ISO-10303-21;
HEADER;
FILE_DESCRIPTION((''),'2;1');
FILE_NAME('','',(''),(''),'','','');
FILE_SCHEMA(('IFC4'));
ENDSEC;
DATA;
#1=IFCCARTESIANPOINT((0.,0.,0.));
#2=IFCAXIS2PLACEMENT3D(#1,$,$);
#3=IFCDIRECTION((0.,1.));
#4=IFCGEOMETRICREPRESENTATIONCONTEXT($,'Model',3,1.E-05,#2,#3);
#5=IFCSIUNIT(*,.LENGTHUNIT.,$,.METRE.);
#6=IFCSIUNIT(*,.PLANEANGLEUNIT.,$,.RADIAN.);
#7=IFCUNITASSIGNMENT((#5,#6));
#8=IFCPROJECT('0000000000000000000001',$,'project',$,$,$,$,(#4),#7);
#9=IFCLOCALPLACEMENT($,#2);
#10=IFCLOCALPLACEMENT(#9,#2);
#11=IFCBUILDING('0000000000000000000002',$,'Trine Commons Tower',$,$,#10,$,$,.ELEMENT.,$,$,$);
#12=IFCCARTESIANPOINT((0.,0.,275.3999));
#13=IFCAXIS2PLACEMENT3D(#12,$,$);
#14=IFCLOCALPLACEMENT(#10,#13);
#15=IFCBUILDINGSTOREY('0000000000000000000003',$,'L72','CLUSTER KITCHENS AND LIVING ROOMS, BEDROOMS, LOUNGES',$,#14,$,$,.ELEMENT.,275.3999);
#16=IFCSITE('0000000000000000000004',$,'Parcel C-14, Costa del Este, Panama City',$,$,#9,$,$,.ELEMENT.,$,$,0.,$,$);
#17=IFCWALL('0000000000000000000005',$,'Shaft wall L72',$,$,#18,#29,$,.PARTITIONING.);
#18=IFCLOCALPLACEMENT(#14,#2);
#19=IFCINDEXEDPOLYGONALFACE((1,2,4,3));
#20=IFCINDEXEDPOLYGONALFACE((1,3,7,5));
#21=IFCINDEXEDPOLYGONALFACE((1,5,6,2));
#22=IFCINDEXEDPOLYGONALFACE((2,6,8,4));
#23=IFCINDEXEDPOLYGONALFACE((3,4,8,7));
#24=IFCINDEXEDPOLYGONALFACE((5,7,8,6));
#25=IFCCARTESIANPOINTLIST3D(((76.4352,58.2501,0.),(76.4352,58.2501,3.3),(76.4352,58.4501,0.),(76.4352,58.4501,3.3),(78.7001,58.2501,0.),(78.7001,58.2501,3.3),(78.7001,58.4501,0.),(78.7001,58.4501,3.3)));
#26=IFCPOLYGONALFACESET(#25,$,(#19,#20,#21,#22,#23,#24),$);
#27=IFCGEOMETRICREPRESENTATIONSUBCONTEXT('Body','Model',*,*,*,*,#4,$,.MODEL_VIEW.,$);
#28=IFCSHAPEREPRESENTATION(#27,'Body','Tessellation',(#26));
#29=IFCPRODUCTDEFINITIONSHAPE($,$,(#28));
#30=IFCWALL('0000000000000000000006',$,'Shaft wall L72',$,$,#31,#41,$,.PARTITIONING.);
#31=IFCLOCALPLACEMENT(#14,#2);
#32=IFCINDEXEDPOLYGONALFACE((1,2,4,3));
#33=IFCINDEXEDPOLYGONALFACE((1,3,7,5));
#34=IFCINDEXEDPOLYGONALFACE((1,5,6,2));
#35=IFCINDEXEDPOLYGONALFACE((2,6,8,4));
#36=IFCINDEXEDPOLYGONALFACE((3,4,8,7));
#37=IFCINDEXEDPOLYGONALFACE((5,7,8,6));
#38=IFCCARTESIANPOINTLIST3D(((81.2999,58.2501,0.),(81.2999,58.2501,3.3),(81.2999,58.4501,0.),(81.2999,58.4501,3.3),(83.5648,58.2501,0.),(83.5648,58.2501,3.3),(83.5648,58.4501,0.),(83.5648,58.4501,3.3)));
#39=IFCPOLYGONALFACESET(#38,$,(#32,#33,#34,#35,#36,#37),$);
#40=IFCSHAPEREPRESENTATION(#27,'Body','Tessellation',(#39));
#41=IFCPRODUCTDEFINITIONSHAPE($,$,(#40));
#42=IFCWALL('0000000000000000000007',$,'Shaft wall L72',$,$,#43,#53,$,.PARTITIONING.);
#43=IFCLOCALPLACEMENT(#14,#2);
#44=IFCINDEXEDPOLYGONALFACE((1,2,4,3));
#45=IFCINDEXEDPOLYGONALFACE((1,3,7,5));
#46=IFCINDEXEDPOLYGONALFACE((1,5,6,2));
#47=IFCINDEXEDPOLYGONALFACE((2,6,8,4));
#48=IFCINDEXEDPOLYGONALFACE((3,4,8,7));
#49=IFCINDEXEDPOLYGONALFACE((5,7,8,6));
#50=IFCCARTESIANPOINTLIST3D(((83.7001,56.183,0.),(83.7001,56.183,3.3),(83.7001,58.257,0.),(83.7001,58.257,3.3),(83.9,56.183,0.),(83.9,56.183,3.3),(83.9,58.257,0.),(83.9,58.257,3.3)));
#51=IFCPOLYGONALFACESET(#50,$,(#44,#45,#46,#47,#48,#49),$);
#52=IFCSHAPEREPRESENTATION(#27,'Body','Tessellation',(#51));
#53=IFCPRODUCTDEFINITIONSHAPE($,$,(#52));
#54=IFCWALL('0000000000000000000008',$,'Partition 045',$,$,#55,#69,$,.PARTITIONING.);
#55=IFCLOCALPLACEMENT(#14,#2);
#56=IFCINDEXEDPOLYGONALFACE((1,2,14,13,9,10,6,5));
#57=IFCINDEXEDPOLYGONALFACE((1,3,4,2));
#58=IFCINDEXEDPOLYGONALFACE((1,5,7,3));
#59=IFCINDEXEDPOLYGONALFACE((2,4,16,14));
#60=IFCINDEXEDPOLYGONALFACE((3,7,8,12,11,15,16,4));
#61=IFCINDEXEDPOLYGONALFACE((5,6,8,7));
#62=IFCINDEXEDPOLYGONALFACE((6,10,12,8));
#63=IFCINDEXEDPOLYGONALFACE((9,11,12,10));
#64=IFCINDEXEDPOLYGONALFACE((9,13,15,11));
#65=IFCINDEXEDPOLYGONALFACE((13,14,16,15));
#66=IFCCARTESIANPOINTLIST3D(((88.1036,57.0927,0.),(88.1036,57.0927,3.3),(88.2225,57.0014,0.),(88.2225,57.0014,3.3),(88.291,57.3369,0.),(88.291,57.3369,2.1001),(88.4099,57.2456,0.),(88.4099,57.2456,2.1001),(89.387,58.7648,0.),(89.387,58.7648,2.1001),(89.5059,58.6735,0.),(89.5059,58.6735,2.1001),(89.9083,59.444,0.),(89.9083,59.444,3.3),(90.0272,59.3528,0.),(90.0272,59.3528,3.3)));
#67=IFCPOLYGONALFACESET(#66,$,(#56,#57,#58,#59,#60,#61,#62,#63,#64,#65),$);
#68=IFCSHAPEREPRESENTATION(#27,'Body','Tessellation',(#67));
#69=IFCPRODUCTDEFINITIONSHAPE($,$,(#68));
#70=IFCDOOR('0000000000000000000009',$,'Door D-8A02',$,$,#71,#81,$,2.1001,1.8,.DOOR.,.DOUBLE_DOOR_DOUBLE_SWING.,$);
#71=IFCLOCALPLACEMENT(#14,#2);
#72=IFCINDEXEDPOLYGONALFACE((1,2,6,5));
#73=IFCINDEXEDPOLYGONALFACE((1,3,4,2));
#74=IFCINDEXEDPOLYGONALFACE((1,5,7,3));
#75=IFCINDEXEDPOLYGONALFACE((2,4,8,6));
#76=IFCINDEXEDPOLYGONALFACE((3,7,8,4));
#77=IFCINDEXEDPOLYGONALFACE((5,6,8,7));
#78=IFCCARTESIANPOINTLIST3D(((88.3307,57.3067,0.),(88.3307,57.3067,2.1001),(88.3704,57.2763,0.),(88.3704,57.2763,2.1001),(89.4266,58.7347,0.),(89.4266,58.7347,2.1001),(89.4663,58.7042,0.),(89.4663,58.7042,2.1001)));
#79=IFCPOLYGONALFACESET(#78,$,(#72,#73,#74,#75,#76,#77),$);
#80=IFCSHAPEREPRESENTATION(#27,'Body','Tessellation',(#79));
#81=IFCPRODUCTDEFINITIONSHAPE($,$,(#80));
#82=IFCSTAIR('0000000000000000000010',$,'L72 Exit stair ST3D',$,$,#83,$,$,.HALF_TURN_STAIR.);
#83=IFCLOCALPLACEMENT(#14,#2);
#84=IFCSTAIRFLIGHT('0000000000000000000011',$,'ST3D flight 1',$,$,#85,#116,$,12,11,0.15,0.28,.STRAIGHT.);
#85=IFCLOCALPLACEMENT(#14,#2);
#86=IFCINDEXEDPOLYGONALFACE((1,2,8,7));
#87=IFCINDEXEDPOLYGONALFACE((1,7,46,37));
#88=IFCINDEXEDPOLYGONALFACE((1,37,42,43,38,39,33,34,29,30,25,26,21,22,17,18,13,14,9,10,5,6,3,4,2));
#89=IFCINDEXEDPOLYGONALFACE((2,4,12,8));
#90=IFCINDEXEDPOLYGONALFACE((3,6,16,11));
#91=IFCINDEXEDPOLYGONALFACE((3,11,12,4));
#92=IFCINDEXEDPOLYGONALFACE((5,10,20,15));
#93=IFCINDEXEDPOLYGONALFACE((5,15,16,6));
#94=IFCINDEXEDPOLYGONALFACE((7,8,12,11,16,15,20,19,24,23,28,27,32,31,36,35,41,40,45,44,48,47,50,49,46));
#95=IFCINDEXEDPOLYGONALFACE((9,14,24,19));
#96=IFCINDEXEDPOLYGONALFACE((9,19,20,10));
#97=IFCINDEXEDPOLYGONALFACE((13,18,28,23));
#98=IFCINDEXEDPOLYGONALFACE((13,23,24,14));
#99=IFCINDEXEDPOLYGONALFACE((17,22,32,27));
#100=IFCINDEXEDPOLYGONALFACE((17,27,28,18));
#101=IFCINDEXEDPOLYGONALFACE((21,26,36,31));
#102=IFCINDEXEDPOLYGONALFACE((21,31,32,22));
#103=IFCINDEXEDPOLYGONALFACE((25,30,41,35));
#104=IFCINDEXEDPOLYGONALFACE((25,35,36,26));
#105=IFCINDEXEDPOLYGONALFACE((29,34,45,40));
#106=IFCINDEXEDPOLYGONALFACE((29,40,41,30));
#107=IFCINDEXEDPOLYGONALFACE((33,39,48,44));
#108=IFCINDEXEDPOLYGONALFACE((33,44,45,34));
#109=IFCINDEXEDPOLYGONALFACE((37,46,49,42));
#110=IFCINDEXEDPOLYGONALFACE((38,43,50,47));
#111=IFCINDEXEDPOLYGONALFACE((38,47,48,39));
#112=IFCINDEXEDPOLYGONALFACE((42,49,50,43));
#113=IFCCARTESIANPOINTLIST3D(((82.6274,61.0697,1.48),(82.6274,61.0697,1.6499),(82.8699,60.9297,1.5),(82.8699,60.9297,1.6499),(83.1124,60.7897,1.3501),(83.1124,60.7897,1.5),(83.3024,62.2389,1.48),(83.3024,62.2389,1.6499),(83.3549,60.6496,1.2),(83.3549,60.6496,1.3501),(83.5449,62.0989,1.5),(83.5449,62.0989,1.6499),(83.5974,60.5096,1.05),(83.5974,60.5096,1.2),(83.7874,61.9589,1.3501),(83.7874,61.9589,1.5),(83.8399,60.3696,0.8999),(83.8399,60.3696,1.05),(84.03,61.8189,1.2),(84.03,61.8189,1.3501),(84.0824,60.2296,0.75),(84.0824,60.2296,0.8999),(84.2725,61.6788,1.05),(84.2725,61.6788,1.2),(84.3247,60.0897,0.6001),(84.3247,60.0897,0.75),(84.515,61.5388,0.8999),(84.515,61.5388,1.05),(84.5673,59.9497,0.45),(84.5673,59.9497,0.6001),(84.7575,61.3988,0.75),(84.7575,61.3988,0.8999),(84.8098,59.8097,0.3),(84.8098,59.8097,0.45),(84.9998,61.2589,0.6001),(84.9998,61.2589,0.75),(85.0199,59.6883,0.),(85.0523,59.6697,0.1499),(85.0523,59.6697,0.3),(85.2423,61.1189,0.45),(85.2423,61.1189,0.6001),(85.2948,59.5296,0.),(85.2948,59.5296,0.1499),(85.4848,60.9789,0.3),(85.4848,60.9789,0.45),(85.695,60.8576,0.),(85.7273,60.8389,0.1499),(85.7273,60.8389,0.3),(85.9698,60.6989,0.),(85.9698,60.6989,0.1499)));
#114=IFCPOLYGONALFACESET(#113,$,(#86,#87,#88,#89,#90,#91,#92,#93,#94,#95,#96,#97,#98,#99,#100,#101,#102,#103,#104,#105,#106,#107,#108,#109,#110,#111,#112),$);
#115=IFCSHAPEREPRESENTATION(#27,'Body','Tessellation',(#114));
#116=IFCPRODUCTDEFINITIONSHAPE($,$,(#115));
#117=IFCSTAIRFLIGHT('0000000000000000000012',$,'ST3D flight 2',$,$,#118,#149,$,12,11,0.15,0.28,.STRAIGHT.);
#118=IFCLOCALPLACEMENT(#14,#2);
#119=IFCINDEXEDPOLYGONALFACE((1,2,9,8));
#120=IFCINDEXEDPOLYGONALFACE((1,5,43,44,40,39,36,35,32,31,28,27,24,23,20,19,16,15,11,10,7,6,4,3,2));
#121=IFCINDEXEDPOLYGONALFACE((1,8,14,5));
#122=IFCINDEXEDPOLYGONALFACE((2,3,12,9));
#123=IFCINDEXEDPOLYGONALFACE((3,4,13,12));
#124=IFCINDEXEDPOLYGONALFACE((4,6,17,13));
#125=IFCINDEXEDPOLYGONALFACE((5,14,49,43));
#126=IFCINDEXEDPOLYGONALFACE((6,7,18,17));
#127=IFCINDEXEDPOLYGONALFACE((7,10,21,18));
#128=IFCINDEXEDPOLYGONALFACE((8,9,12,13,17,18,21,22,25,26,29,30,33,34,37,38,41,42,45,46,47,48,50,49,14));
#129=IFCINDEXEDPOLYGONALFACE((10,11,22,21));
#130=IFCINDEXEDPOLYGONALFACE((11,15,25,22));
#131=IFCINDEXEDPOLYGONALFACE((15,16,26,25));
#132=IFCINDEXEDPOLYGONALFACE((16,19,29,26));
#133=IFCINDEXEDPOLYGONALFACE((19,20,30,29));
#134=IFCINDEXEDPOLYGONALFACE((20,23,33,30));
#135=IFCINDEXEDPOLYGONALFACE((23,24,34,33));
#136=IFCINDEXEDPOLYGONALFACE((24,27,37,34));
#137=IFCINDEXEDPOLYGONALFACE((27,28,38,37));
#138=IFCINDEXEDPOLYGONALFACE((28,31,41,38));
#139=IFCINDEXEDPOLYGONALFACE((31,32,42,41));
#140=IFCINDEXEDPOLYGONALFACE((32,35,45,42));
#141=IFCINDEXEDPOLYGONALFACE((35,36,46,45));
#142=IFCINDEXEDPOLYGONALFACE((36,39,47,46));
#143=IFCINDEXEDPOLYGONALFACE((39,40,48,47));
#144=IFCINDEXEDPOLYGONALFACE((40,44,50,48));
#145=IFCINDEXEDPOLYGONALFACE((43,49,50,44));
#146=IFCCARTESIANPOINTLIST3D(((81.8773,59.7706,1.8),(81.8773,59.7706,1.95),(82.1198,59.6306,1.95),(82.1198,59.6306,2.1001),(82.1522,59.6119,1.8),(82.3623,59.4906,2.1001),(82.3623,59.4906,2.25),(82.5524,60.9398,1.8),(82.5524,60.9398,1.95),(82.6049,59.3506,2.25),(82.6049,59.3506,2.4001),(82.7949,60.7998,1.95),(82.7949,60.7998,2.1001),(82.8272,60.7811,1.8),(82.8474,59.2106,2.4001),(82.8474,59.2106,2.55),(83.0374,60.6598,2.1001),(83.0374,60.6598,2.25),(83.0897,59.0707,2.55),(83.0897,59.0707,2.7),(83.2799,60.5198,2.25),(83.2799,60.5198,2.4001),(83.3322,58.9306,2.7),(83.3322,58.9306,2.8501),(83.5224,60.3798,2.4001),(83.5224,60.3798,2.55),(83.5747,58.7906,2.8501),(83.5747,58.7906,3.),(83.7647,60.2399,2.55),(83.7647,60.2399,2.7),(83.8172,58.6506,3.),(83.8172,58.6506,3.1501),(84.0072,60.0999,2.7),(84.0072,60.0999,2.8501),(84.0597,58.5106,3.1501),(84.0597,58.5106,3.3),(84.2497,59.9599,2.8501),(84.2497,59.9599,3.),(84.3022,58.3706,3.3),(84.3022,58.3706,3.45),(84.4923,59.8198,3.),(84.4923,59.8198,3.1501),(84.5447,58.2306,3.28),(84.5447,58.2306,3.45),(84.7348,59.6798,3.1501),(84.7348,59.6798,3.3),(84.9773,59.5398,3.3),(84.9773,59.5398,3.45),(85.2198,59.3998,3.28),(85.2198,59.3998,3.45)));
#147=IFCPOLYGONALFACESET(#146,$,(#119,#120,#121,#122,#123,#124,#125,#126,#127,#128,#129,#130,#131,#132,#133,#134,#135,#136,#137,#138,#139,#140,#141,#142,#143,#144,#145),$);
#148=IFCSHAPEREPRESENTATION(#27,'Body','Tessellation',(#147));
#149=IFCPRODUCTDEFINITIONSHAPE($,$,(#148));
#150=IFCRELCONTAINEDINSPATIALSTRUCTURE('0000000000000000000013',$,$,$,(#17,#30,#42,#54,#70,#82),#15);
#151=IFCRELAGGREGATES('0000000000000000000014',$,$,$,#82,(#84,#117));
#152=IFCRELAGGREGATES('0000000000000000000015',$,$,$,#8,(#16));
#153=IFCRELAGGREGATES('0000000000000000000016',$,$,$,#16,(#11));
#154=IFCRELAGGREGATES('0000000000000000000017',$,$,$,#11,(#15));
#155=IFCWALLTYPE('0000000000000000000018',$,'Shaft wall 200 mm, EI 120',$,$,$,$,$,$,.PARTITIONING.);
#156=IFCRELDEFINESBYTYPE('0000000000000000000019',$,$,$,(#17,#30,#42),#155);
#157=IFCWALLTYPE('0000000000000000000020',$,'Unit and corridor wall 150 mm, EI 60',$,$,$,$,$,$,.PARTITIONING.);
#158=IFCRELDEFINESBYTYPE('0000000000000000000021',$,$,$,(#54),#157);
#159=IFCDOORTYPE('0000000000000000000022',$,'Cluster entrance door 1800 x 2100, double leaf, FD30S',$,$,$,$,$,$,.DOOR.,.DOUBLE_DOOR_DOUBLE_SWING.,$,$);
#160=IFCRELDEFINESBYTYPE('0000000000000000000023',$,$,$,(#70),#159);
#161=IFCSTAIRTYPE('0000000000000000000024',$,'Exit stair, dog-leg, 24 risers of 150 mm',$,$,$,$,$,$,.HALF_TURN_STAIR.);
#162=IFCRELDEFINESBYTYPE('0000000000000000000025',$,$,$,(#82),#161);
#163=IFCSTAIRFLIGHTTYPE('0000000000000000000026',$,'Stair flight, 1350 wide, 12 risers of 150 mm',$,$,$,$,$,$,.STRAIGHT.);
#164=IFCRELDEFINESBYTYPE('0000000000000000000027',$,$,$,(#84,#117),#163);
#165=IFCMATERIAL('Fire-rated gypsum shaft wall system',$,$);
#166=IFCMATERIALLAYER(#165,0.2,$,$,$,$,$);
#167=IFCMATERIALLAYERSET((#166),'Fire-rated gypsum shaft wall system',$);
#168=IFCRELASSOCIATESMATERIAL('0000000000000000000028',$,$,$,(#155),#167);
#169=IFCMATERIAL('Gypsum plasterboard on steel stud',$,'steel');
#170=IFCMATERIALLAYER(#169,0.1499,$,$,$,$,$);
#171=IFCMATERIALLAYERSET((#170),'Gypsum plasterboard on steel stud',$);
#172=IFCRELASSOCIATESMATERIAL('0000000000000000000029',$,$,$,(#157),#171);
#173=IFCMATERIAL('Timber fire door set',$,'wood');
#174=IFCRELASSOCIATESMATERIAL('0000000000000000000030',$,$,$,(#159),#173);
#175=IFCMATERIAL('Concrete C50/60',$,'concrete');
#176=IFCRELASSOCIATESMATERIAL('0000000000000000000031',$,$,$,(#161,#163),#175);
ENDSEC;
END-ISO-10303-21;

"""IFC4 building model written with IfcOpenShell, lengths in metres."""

from ifc_helpers import new_model, si_unit, direction, frame, frame_2d, origin, place, context, subcontext, project, spatial, polyline, rectangle, outline, extrude, material, layer, layer_set, type_object, element, fill, aggregate, save


model = new_model("IFC4")

# Units and contexts
model_context = context("Model", 3, precision=1e-05, world=origin(), true_north=direction((0.0, 1.0)))
body_context = subcontext(model_context, "Body", "Model", "MODEL_VIEW")
ifc_project = project(units=[si_unit("LENGTHUNIT", "METRE"), si_unit("PLANEANGLEUNIT", "RADIAN")], contexts=[model_context])

# Site, building, storey
site_placement = place(None, origin())
site = spatial("IfcSite", under=ifc_project, at=site_placement, Name="Parcel C-14, Costa del Este, Panama City", CompositionType="ELEMENT", RefElevation=0.0)
building_placement = place(site_placement, origin())
building = spatial("IfcBuilding", under=site, at=building_placement, Name="Trine Commons Tower", CompositionType="ELEMENT")
storey_placement = place(building_placement, frame((0.0, 0.0, 275.3999)))
storey = spatial("IfcBuildingStorey", under=building, at=storey_placement, Name="L72", Description="CLUSTER KITCHENS AND LIVING ROOMS, BEDROOMS, LOUNGES", CompositionType="ELEMENT", Elevation=275.3999)

# Shared definitions
ifc_material_1 = material(Name="Fire-rated gypsum shaft wall system")
ifc_material_2 = material(Name="Concrete C50/60", Category="concrete")

# Walls
ifc_layer_1 = layer(ifc_material_1, 0.2)
ifc_layer_set_1 = layer_set([ifc_layer_1], Name="Fire-rated gypsum shaft wall system")
wall_type_1 = type_object("IfcWallType", Name="Shaft wall 200 mm, EI 120", PredefinedType="PARTITIONING", material=ifc_layer_set_1)
for number, where, z_axis, x_axis, name in (
    (1, (78.7, 58.3501, 0.0), (0.0, 0.0, 1.0), (-1.0, 0.0, 0.0), "Shaft wall L72"),
    (2, (81.3, 58.3501, 0.0), (0.0, 0.0, 1.0), (1.0, 0.0, 0.0), "Shaft wall L72"),
):
    element("IfcWall", number, at=place(storey_placement, frame(where, z_axis=z_axis, x_axis=x_axis)), inside=storey, type_object=wall_type_1, Name=name, PredefinedType="PARTITIONING", context=body_context, shape_type="SweptSolid", body=[
        extrude(rectangle(XDim=2.2649, YDim=0.2, at=frame_2d((1.1323, 0.0))), origin(), (0.0, 0.0, 1.0), 3.3),
    ])
wall_1_placement = place(storey_placement, frame((83.8, 58.2571, 0.0), z_axis=(0.0, 0.0, 1.0), x_axis=(0.0, -1.0, 0.0)))
element("IfcWall", 3, at=wall_1_placement, inside=storey, type_object=wall_type_1, Name="Shaft wall L72", PredefinedType="PARTITIONING", context=body_context, shape_type="SweptSolid", body=[
    extrude(rectangle(XDim=2.074, YDim=0.2, at=frame_2d((1.0371, 0.0))), origin(), (0.0, 0.0, 1.0), 3.3),
])

# Wall, opening, door
ifc_material_3 = material(Name="Gypsum plasterboard on steel stud", Category="steel")
ifc_layer_2 = layer(ifc_material_3, 0.1499)
ifc_layer_set_2 = layer_set([ifc_layer_2], Name="Gypsum plasterboard on steel stud")
wall_type_2 = type_object("IfcWallType", Name="Unit and corridor wall 150 mm, EI 60", PredefinedType="PARTITIONING", material=ifc_layer_set_2)
wall_2_placement = place(storey_placement, frame((88.1631, 57.0471, 0.0), z_axis=(0.0, 0.0, 1.0), x_axis=(0.608859, 0.793279, 0.0)))
wall_2 = element("IfcWall", 4, at=wall_2_placement, inside=storey, type_object=wall_type_2, Name="Partition 045", PredefinedType="PARTITIONING", context=body_context, shape_type="SweptSolid", body=[
    extrude(rectangle(XDim=2.9641, YDim=0.1499, at=frame_2d((1.4819, 0.0))), origin(), (0.0, 0.0, 1.0), 3.3),
])
opening_1_placement = place(wall_2_placement, frame((0.3079, 0.0, 0.0)))
opening_1 = element("IfcOpeningElement", 5, at=opening_1_placement, cuts=wall_2, PredefinedType="OPENING", context=body_context, shape_type="SweptSolid", body=[
    extrude(rectangle(XDim=1.8, YDim=2.1001, at=frame_2d((0.8999, 1.05))), frame((0.0, 0.085, 0.0), z_axis=(0.0, -1.0, 0.0), x_axis=(1.0, 0.0, 0.0)), (0.0, 0.0, 1.0), 0.1699),
])
ifc_material_4 = material(Name="Timber fire door set", Category="wood")
door_type_1 = type_object("IfcDoorType", Name="Cluster entrance door 1800 x 2100, double leaf, FD30S", OperationType="DOUBLE_DOOR_DOUBLE_SWING", PredefinedType="DOOR", material=ifc_material_4)
door_1_placement = place(opening_1_placement, frame((1.8, 0.0, 0.0), z_axis=(0.0, 0.0, 1.0), x_axis=(-1.0, 0.0, 0.0)))
door_1 = element("IfcDoor", 6, at=door_1_placement, inside=storey, type_object=door_type_1, Name="Door D-8A02", OperationType="DOUBLE_DOOR_DOUBLE_SWING", OverallHeight=2.1001, OverallWidth=1.8, PredefinedType="DOOR", context=body_context, shape_type="SweptSolid", body=[
    extrude(rectangle(XDim=1.8, YDim=2.1001, at=frame_2d((0.8999, 1.05))), frame((0.0, 0.0249, 0.0), z_axis=(0.0, -1.0, 0.0), x_axis=(1.0, 0.0, 0.0)), (0.0, 0.0, 1.0), 0.05),
])
fill(opening_1, door_1)

# Stair, stair flights
stair_type = type_object("IfcStairType", Name="Exit stair, dog-leg, 24 risers of 150 mm", PredefinedType="HALF_TURN_STAIR", material=ifc_material_2)
stair_placement = place(storey_placement, origin())
stair = element("IfcStair", 7, at=stair_placement, inside=storey, type_object=stair_type, Name="L72 Exit stair ST3D", PredefinedType="HALF_TURN_STAIR")
stair_flight_type = type_object("IfcStairFlightType", Name="Stair flight, 1350 wide, 12 risers of 150 mm", PredefinedType="STRAIGHT", material=ifc_material_2)
stair_flight_1_placement = place(storey_placement, frame((85.6323, 60.1143, 0.0), z_axis=(0.0, 0.0, 1.0), x_axis=(-0.866025, 0.5, 0.0)))
stair_flight_1 = element("IfcStairFlight", 8, at=stair_flight_1_placement, type_object=stair_flight_type, Name="ST3D flight 1", NumberOfRisers=12, NumberOfTreads=11, PredefinedType="STRAIGHT", RiserHeight=0.15, TreadLength=0.28, context=body_context, shape_type="SweptSolid", body=[
    extrude(outline(polyline([(0.0, 0.0), (0.0, 0.1499), (0.28, 0.1499), (0.28, 0.3), (0.5601, 0.3), (0.5601, 0.45), (0.8401, 0.45), (0.8401, 0.6001), (1.1201, 0.6001), (1.1201, 0.75), (1.3999, 0.75), (1.3999, 0.8999), (1.6799, 0.8999), (1.6799, 1.05), (1.96, 1.05), (1.96, 1.2), (2.24, 1.2), (2.24, 1.3501), (2.52, 1.3501), (2.52, 1.5), (2.8, 1.5), (2.8, 1.6499), (3.0801, 1.6499), (3.0801, 1.8), (3.0801, 1.48), (0.3174, 0.0), (0.0, 0.0)])), frame((0.0, 0.675, 0.0), z_axis=(0.0, -1.0, 0.0), x_axis=(1.0, 0.0, 0.0)), (0.0, 0.0, 1.0), 1.3501),
])
stair_flight_2_placement = place(storey_placement, frame((82.2148, 60.3552, 1.8), z_axis=(0.0, 0.0, 1.0), x_axis=(0.866025, -0.5, 0.0)))
stair_flight_2 = element("IfcStairFlight", 9, at=stair_flight_2_placement, type_object=stair_flight_type, Name="ST3D flight 2", NumberOfRisers=12, NumberOfTreads=11, PredefinedType="STRAIGHT", RiserHeight=0.15, TreadLength=0.28, context=body_context, shape_type="SweptSolid", body=[
    extrude(outline(polyline([(0.0, 0.0), (0.0, 0.1499), (0.28, 0.1499), (0.28, 0.3), (0.5601, 0.3), (0.5601, 0.45), (0.8401, 0.45), (0.8401, 0.6001), (1.1201, 0.6001), (1.1201, 0.75), (1.3999, 0.75), (1.3999, 0.8999), (1.6799, 0.8999), (1.6799, 1.05), (1.96, 1.05), (1.96, 1.2), (2.24, 1.2), (2.24, 1.3501), (2.52, 1.3501), (2.52, 1.5), (2.8, 1.5), (2.8, 1.6499), (3.0801, 1.6499), (3.0801, 1.8), (3.0801, 1.48), (0.3174, 0.0), (0.0, 0.0)])), frame((0.0, 0.675, 0.0), z_axis=(0.0, -1.0, 0.0), x_axis=(1.0, 0.0, 0.0)), (0.0, 0.0, 1.0), 1.3501),
])
aggregate(stair, [stair_flight_1, stair_flight_2])

save(model, "model.ifc")
